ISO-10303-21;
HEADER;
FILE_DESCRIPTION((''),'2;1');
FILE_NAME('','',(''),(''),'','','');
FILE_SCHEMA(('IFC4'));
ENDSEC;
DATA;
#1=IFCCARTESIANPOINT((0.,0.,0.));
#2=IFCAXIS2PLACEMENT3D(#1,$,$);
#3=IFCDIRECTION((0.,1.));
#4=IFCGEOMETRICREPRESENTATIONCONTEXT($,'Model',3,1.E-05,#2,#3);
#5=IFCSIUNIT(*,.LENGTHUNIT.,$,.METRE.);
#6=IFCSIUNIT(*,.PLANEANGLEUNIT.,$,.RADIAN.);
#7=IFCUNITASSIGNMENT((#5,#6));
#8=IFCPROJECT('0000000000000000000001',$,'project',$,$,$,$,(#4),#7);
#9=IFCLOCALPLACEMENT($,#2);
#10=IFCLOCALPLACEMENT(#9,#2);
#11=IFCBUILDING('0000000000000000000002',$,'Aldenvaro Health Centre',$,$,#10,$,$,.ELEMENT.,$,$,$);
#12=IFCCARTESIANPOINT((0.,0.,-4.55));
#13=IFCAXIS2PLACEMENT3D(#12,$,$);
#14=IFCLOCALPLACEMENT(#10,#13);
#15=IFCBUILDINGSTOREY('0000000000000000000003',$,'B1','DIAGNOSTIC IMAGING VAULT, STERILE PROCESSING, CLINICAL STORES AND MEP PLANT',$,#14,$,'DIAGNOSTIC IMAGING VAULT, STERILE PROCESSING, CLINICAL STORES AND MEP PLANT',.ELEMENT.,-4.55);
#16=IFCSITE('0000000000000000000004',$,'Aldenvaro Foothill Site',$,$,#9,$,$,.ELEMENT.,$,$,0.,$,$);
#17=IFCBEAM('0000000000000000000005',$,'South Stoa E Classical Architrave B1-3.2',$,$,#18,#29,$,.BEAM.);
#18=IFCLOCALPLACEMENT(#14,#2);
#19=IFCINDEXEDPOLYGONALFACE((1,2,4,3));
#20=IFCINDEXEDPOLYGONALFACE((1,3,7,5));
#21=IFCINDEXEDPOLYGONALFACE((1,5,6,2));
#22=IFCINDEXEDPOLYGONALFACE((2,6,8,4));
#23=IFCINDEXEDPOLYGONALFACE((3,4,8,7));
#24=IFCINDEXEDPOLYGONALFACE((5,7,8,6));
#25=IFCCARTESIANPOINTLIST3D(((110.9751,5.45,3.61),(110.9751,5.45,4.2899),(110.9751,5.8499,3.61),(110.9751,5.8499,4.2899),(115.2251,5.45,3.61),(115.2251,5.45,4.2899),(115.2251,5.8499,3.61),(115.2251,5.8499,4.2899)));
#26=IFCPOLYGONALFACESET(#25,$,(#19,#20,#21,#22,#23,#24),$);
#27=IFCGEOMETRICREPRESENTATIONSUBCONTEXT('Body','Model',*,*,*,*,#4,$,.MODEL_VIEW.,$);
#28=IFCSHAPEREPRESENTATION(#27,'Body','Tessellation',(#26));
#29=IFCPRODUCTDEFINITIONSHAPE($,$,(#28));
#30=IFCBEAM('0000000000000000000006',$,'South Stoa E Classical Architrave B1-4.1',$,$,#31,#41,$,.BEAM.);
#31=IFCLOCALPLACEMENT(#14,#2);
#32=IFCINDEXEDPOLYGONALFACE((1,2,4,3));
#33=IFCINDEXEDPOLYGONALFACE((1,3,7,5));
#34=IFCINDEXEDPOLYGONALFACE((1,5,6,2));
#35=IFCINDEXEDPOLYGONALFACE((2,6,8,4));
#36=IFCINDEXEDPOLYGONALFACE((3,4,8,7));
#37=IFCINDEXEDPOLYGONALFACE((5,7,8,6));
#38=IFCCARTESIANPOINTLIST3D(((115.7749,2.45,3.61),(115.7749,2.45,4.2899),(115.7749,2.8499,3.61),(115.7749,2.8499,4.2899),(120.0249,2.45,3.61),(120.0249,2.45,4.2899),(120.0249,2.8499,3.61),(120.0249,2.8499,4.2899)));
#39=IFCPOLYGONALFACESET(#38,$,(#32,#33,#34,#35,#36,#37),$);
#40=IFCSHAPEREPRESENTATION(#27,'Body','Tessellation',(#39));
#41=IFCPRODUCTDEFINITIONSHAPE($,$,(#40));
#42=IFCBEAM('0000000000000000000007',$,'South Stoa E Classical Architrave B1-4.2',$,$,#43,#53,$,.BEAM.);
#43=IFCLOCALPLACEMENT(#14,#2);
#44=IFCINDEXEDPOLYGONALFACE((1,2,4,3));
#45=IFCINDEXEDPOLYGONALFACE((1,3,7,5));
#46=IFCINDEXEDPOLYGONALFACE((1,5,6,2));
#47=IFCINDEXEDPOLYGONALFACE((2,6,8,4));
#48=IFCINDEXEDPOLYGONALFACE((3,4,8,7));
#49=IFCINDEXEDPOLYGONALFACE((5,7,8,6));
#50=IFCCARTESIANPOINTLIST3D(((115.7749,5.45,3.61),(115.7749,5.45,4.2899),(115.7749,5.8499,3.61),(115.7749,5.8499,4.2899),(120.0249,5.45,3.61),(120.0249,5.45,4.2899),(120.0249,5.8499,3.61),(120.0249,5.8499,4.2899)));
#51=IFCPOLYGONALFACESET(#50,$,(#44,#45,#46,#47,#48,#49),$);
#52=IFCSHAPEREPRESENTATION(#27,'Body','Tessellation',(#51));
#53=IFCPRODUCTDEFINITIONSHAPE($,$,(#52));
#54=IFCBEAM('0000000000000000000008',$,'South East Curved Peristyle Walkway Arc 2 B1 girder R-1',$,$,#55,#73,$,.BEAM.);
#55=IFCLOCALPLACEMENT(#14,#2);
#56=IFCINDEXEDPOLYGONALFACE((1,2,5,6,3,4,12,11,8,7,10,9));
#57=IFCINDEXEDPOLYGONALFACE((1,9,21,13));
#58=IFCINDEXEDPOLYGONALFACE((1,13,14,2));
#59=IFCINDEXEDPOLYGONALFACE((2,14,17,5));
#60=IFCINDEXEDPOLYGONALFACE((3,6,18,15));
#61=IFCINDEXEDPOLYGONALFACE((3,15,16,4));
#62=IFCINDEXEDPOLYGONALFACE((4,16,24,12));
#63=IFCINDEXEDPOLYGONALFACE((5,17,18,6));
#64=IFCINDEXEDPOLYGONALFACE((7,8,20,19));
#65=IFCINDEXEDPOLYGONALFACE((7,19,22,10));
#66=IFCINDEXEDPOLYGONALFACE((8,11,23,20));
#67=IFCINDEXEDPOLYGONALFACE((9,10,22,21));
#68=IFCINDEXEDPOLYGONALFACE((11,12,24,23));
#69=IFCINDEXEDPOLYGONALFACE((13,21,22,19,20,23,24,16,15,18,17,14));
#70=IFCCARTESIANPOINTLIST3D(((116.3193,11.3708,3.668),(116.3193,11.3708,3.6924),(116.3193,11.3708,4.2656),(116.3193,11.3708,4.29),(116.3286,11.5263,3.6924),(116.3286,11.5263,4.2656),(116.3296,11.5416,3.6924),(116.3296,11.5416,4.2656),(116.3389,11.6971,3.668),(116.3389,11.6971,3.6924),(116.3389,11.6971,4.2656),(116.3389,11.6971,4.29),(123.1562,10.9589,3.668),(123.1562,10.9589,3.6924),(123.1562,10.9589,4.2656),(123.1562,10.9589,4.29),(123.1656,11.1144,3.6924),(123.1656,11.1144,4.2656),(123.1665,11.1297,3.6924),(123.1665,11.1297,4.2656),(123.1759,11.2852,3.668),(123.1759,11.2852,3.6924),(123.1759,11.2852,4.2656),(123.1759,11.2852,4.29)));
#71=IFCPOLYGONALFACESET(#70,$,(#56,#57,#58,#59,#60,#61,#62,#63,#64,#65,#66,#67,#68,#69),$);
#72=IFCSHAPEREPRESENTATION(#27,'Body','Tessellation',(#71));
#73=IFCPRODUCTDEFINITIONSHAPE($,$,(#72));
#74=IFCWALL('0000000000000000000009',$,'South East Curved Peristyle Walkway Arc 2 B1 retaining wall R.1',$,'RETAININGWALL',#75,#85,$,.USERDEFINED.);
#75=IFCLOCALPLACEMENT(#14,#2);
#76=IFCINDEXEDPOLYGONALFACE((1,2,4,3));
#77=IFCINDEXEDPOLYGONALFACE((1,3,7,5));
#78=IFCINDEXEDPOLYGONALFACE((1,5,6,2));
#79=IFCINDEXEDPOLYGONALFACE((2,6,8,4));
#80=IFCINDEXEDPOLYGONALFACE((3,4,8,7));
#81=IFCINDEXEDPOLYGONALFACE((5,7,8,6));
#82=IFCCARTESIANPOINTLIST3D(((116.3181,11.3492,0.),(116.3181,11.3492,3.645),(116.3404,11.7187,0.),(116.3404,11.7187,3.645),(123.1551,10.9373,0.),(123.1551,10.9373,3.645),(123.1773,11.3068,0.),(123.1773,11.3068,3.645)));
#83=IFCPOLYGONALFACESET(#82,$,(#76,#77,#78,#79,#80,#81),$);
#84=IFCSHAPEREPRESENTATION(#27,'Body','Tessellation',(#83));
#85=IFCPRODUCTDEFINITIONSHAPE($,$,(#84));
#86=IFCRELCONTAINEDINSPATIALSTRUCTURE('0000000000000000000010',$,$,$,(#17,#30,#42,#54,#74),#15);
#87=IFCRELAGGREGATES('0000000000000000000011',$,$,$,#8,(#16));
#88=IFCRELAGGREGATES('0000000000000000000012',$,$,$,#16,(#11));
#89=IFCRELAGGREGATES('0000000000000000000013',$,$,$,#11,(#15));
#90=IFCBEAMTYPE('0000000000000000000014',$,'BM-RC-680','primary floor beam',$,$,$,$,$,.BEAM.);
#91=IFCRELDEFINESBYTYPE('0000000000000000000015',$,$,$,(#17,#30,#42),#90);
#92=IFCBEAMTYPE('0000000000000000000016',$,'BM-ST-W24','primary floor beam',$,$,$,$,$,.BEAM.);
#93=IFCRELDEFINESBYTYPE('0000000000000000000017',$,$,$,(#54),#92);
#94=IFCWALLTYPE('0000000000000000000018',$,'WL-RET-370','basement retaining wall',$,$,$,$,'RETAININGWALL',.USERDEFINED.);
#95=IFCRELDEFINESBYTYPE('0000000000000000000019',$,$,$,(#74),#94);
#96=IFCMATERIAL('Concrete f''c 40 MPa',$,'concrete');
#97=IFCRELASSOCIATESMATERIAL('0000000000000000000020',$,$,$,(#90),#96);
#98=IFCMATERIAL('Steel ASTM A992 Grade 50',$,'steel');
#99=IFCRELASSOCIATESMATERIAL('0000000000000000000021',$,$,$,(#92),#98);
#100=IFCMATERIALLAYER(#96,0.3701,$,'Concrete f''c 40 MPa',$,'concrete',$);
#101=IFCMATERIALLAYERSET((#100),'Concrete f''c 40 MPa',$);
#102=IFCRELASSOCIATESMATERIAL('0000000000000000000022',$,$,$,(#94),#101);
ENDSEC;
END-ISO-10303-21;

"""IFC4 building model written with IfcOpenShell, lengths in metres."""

from ifc_helpers import new_model, si_unit, direction, frame, frame_2d, origin, origin_2d, place, context, subcontext, project, spatial, rectangle, i_section, extrude, material, layer, layer_set, material_profile, profile_set, type_object, element, save


model = new_model("IFC4")

# Units and contexts
model_context = context("Model", 3, precision=1e-05, world=origin(), true_north=direction((0.0, 1.0)))
body_context = subcontext(model_context, "Body", "Model", "MODEL_VIEW")
ifc_project = project(units=[si_unit("LENGTHUNIT", "METRE"), si_unit("PLANEANGLEUNIT", "RADIAN")], contexts=[model_context])

# Site, building, storey
site_placement = place(None, origin())
site = spatial("IfcSite", under=ifc_project, at=site_placement, Name="Aldenvaro Foothill Site", CompositionType="ELEMENT", RefElevation=0.0)
building_placement = place(site_placement, origin())
building = spatial("IfcBuilding", under=site, at=building_placement, Name="Aldenvaro Health Centre", CompositionType="ELEMENT")
storey_placement = place(building_placement, frame((0.0, 0.0, -4.55)))
storey = spatial("IfcBuildingStorey", under=building, at=storey_placement, Name="B1", Description="DIAGNOSTIC IMAGING VAULT, STERILE PROCESSING, CLINICAL STORES AND MEP PLANT", LongName="DIAGNOSTIC IMAGING VAULT, STERILE PROCESSING, CLINICAL STORES AND MEP PLANT", CompositionType="ELEMENT", Elevation=-4.55)

# Shared definitions
ifc_material_1 = material(Name="Concrete f'c 40 MPa", Category="concrete")

# Beams
ifc_material_profile_1 = material_profile(ifc_material_1, rectangle(XDim=0.3999, YDim=0.6799, at=origin_2d()), Name="RC 400x680", Category="concrete")
ifc_profile_set_1 = profile_set([ifc_material_profile_1], Name="Concrete f'c 40 MPa")
beam_type_1 = type_object("IfcBeamType", Name="BM-RC-680", Description="primary floor beam", PredefinedType="BEAM", material=ifc_profile_set_1)
for number, where, z_axis, x_axis, name in (
    (1, (110.9751, 5.6499, 3.95), (1.0, 0.0, 0.0), (0.0, 1.0, 0.0), "South Stoa E Classical Architrave B1-3.2"),
    (2, (115.7749, 2.6499, 3.95), (1.0, 0.0, 0.0), (0.0, 1.0, 0.0), "South Stoa E Classical Architrave B1-4.1"),
    (3, (115.7749, 5.6499, 3.95), (1.0, 0.0, 0.0), (0.0, 1.0, 0.0), "South Stoa E Classical Architrave B1-4.2"),
):
    element("IfcBeam", number, at=place(storey_placement, frame(where, z_axis=z_axis, x_axis=x_axis)), inside=storey, type_object=beam_type_1, Name=name, PredefinedType="BEAM", context=body_context, shape_type="SweptSolid", body=[
        extrude(rectangle(XDim=0.3999, YDim=0.6799, at=origin_2d()), origin(), (0.0, 0.0, 1.0), 4.25),
    ])
ifc_material_2 = material(Name="Steel ASTM A992 Grade 50", Category="steel")
ifc_material_profile_2 = material_profile(ifc_material_2, i_section(OverallWidth=0.3269, OverallDepth=0.6221, WebThickness=0.0154, FlangeThickness=0.0244, at=origin_2d()), Name="W24X131", Category="steel")
ifc_profile_set_2 = profile_set([ifc_material_profile_2], Name="Steel ASTM A992 Grade 50")
beam_type_2 = type_object("IfcBeamType", Name="BM-ST-W24", Description="primary floor beam", PredefinedType="BEAM", material=ifc_profile_set_2)
beam_placement = place(storey_placement, frame((116.3291, 11.5339, 3.979), z_axis=(0.99819, -0.060132, 0.0), x_axis=(0.060132, 0.99819, 0.0)))
element("IfcBeam", 4, at=beam_placement, inside=storey, type_object=beam_type_2, Name="South East Curved Peristyle Walkway Arc 2 B1 girder R-1", PredefinedType="BEAM", context=body_context, shape_type="SweptSolid", body=[
    extrude(i_section(OverallWidth=0.3269, OverallDepth=0.6221, WebThickness=0.0154, FlangeThickness=0.0244, at=origin_2d()), origin(), (0.0, 0.0, 1.0), 6.8494),
])

# Wall
ifc_layer = layer(ifc_material_1, 0.3701, Name="Concrete f'c 40 MPa", Category="concrete")
ifc_layer_set = layer_set([ifc_layer], Name="Concrete f'c 40 MPa")
wall_type = type_object("IfcWallType", Name="WL-RET-370", Description="basement retaining wall", ElementType="RETAININGWALL", PredefinedType="USERDEFINED", material=ifc_layer_set)
wall_placement = place(storey_placement, frame((116.3291, 11.5339, 0.0), z_axis=(0.0, 0.0, 1.0), x_axis=(0.99819, -0.060132, 0.0)))
element("IfcWall", 5, at=wall_placement, inside=storey, type_object=wall_type, Name="South East Curved Peristyle Walkway Arc 2 B1 retaining wall R.1", ObjectType="RETAININGWALL", PredefinedType="USERDEFINED", context=body_context, shape_type="SweptSolid", body=[
    extrude(rectangle(XDim=6.8494, YDim=0.3701, at=frame_2d((3.4248, 0.0))), origin(), (0.0, 0.0, 1.0), 3.645),
])

save(model, "model.ifc")
